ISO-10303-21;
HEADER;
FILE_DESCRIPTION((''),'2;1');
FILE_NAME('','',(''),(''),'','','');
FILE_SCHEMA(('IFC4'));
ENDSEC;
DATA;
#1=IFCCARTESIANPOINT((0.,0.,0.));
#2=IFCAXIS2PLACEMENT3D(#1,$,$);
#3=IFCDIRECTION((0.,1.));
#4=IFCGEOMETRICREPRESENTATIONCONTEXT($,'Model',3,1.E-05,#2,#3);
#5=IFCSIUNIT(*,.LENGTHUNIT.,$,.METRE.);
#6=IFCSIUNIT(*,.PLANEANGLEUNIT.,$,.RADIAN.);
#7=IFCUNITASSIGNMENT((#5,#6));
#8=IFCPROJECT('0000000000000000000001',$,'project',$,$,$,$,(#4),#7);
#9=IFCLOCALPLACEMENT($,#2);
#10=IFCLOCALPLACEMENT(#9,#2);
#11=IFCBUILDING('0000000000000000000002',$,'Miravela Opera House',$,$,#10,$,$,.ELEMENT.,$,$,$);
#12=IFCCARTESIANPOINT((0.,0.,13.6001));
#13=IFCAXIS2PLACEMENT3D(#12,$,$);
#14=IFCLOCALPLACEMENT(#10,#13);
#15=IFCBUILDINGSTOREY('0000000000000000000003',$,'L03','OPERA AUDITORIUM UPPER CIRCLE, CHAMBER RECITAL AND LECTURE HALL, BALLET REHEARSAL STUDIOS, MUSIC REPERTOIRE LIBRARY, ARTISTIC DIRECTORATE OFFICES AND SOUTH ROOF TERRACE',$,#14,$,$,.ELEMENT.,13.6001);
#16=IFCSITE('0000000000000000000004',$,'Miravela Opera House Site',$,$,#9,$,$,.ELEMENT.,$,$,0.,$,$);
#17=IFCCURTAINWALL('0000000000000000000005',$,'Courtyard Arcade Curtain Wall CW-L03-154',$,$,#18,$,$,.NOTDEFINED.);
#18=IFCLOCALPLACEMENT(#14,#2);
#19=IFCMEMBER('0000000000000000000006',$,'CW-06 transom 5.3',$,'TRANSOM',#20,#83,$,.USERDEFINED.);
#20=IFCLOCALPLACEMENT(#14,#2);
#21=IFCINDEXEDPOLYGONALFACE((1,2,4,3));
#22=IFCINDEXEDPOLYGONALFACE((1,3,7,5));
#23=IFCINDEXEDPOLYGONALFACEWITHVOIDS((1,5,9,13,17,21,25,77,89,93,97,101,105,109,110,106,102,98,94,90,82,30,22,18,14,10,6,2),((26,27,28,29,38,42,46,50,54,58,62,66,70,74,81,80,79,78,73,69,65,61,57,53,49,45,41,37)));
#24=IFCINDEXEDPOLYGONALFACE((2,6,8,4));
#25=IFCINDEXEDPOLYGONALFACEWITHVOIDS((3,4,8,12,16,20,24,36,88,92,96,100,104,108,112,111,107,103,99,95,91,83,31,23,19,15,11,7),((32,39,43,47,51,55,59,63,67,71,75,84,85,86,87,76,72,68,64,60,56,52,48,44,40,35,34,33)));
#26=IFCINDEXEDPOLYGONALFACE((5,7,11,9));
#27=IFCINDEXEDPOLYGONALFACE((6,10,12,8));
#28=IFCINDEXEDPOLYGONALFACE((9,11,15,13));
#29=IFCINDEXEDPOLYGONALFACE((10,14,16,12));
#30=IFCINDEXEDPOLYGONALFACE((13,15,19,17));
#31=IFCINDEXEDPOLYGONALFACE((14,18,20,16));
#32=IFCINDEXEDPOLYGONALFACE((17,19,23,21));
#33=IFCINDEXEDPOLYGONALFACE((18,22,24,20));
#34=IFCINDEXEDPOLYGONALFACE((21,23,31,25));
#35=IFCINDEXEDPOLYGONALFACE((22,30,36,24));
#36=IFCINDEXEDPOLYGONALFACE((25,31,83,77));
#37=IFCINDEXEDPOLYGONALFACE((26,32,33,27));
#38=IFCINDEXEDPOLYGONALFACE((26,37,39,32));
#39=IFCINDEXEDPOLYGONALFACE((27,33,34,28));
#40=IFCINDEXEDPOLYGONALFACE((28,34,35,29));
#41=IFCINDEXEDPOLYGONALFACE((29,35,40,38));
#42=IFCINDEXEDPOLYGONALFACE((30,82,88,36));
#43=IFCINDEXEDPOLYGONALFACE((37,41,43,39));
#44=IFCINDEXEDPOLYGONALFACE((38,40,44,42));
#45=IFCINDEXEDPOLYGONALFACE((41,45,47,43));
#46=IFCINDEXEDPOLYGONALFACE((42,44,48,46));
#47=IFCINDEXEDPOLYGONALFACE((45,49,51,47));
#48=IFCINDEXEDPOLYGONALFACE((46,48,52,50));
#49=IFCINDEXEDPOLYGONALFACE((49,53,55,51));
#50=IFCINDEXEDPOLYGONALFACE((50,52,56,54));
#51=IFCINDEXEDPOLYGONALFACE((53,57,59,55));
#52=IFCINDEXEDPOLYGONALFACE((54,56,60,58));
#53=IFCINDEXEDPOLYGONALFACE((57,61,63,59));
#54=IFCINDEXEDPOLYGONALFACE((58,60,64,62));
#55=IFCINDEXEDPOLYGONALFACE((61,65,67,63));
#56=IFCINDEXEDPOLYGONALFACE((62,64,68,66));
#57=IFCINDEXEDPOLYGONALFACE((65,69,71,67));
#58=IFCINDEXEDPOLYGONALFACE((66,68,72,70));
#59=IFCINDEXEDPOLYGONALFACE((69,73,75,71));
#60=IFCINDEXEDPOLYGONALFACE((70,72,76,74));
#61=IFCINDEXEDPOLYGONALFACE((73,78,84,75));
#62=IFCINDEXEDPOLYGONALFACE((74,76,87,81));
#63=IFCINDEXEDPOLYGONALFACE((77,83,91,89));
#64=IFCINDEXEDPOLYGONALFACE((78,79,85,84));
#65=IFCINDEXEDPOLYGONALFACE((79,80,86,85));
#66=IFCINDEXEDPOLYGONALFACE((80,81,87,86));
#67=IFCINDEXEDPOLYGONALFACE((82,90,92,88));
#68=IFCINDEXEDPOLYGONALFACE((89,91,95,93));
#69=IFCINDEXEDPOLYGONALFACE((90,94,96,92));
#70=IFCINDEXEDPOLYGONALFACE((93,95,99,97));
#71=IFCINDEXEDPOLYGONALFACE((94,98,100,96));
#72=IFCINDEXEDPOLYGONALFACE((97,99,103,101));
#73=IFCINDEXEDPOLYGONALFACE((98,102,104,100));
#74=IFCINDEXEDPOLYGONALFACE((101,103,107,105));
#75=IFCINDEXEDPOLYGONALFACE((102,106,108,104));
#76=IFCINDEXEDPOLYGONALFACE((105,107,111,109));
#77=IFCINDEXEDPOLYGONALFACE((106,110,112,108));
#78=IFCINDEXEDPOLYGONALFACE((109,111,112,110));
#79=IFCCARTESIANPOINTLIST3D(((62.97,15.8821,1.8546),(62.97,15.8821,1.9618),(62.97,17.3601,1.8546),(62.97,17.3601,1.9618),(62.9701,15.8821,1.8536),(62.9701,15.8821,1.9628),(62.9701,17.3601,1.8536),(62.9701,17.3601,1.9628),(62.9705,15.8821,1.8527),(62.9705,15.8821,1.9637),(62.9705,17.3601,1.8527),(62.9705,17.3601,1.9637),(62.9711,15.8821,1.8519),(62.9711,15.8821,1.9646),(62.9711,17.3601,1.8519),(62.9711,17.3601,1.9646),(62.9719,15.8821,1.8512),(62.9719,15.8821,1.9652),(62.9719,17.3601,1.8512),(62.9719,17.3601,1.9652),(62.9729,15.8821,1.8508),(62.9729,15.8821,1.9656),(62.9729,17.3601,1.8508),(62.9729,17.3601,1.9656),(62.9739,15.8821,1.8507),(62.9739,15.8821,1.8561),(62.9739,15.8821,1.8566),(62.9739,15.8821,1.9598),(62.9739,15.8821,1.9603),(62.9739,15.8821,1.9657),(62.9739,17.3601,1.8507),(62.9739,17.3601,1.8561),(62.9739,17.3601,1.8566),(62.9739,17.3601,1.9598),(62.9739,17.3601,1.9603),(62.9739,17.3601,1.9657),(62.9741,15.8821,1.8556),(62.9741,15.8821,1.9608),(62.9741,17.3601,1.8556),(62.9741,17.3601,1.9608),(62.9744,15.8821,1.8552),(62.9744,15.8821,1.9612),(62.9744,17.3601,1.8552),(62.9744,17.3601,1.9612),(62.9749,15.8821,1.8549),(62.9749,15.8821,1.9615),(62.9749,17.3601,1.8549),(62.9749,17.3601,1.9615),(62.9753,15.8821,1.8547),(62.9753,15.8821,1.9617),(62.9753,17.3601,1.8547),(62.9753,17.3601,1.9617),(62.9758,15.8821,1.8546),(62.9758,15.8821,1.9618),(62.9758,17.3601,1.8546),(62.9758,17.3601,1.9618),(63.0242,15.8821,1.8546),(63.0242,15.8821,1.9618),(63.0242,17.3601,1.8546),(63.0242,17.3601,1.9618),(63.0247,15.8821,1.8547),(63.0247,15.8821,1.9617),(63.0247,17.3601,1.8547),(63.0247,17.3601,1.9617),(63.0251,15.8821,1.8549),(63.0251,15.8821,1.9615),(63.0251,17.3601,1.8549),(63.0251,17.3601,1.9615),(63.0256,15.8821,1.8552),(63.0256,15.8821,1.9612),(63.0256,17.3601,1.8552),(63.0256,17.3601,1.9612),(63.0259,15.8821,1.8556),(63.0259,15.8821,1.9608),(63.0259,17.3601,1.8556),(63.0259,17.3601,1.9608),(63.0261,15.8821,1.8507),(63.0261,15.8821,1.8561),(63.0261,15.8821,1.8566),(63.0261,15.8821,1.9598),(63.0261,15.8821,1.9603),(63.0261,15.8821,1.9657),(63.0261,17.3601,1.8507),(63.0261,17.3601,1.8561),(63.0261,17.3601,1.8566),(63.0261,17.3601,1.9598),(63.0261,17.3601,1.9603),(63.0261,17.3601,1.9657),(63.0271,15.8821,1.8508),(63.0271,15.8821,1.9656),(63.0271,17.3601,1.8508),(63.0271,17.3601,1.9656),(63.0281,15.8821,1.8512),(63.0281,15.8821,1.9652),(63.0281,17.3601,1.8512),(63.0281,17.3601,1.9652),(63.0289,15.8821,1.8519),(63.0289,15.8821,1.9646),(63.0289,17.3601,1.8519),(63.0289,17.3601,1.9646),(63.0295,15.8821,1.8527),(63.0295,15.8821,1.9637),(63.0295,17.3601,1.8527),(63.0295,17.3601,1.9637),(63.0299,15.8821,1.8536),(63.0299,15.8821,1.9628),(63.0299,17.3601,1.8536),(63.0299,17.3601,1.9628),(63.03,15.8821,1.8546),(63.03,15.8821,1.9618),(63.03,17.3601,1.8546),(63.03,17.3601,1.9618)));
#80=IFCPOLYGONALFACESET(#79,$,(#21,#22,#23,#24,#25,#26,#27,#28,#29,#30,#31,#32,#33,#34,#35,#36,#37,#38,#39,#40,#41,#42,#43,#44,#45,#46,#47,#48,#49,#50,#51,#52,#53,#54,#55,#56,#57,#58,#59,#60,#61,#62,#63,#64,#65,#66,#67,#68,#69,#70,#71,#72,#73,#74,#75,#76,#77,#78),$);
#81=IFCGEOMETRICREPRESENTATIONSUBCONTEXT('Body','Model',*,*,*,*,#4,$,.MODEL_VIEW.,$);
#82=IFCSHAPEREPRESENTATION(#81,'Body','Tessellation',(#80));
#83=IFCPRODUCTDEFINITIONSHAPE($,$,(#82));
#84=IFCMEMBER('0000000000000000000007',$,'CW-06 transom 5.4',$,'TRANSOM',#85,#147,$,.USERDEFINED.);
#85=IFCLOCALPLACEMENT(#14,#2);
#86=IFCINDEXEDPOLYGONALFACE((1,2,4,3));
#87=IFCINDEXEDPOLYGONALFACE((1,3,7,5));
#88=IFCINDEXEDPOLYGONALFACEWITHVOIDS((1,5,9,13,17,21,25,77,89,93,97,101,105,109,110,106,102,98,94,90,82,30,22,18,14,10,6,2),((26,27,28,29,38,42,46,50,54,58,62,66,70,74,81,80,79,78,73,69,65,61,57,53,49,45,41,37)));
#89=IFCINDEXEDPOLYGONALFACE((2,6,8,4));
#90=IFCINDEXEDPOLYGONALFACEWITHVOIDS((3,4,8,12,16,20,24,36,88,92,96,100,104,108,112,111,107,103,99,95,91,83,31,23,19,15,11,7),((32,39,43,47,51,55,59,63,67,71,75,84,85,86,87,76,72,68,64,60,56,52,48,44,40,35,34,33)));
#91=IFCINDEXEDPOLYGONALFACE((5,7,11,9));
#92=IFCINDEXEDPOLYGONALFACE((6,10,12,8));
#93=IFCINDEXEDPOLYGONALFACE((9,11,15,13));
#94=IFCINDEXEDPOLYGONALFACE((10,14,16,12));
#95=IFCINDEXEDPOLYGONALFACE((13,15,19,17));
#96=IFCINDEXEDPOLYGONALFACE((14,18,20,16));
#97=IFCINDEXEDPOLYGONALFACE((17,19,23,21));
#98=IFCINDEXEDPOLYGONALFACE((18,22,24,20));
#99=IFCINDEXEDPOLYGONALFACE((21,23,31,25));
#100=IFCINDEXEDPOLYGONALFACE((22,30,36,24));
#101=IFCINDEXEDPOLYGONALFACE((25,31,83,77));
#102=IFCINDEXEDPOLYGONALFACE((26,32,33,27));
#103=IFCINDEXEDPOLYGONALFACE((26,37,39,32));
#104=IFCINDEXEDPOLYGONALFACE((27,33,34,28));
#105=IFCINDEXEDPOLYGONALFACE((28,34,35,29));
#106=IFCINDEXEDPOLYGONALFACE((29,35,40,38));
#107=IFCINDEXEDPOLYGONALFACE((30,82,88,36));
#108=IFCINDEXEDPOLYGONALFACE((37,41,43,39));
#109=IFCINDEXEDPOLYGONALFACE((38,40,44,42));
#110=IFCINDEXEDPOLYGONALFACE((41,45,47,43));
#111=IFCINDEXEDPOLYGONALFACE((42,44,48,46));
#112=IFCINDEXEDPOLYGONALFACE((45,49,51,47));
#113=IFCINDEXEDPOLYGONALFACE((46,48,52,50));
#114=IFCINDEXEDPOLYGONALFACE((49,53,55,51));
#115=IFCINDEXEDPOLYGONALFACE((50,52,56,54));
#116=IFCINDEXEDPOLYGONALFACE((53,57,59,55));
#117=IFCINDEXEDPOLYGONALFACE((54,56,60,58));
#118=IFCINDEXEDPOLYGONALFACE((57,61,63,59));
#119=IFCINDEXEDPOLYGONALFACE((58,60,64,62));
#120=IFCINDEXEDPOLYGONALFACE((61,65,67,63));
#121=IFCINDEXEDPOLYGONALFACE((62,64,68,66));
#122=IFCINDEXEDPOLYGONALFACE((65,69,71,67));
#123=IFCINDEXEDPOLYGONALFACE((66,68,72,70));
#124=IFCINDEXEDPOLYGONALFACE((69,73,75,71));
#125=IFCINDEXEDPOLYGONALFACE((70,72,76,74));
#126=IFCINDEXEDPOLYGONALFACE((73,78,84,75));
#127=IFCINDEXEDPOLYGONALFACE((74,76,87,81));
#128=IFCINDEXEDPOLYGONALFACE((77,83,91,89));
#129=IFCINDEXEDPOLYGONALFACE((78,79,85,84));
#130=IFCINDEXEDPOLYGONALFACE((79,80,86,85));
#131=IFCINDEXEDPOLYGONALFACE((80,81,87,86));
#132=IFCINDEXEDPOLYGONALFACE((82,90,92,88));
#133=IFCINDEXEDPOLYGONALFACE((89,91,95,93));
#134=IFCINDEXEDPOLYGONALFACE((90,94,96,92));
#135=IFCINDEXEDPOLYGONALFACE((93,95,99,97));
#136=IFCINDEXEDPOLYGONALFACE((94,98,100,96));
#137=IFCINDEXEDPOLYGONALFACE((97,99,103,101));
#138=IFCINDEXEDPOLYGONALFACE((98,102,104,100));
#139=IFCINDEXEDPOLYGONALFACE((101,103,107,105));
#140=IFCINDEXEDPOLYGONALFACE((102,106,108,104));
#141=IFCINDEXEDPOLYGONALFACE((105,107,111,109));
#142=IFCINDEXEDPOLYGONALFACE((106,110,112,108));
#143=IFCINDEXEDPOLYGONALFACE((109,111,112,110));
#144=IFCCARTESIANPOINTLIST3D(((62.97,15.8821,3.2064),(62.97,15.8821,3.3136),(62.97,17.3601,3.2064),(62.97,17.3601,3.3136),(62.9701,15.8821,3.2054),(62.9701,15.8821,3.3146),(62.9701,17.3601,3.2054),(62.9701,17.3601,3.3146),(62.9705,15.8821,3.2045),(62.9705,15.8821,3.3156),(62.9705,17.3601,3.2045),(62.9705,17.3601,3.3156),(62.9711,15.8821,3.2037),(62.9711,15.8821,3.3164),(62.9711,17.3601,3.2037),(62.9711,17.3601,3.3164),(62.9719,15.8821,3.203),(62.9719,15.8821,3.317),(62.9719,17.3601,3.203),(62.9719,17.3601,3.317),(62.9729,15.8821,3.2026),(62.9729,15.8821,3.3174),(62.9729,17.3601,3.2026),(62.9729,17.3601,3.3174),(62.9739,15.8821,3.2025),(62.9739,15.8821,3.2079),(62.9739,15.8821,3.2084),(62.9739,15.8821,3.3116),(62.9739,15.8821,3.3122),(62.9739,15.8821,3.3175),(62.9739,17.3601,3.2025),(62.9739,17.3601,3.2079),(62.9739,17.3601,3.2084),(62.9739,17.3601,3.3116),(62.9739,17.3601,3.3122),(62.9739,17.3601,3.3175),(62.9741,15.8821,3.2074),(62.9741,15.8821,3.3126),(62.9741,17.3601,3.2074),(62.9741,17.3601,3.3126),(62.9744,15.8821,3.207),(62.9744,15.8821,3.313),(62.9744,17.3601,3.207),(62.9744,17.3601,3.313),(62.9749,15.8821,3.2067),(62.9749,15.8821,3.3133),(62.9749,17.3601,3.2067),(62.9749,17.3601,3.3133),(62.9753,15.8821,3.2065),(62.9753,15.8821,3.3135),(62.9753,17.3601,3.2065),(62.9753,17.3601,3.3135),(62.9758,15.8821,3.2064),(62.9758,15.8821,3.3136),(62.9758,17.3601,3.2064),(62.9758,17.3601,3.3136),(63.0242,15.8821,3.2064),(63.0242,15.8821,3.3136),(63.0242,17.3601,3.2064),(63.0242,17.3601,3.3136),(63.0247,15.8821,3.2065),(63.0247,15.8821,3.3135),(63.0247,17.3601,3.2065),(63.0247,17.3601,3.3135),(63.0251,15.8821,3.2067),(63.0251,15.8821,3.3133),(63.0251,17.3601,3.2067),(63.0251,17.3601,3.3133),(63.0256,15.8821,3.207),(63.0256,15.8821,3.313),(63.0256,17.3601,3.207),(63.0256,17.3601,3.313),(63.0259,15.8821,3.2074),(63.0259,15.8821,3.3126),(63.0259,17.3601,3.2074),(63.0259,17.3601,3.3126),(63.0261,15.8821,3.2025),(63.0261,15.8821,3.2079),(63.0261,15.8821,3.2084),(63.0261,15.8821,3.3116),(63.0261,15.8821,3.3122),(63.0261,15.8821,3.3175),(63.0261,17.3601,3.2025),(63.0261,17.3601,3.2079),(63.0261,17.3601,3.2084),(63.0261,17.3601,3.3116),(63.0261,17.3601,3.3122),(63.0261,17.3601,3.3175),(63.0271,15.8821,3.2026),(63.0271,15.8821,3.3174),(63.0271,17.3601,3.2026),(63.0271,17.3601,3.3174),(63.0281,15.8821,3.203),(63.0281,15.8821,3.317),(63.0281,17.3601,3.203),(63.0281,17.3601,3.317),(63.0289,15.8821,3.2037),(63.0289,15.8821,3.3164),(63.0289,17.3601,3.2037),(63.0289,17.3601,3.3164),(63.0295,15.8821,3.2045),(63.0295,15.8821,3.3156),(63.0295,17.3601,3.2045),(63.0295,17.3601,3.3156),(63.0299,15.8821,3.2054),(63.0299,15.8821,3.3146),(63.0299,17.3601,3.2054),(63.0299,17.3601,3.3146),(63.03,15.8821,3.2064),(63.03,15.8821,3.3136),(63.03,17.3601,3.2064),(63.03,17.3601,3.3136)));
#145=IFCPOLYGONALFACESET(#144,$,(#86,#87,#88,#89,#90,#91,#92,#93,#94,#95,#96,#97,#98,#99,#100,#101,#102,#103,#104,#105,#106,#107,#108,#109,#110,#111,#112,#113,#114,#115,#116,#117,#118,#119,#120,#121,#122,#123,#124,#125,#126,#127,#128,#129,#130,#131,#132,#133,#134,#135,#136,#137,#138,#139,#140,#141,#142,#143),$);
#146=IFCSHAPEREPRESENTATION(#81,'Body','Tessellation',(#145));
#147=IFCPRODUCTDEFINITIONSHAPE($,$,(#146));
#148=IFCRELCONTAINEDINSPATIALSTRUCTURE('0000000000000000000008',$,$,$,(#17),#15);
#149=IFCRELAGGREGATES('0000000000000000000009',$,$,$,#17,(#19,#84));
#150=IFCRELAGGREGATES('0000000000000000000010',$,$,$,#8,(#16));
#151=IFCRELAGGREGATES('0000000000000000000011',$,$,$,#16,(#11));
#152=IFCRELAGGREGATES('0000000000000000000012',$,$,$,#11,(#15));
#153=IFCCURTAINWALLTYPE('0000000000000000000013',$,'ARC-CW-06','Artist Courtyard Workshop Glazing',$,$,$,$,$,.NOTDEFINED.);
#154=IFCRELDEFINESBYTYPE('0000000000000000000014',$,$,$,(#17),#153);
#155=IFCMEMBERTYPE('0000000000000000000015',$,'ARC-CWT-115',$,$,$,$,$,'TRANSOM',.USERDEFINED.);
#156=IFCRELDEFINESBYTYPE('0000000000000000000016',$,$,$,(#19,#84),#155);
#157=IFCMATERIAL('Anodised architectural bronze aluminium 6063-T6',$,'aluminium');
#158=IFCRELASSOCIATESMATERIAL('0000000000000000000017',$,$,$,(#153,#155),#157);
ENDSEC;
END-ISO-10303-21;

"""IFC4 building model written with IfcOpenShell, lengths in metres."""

from ifc_helpers import new_model, si_unit, direction, frame, origin, origin_2d, place, context, subcontext, project, spatial, hollow_rectangle, extrude, material, material_profile, profile_set, type_object, element, aggregate, save


model = new_model("IFC4")

# Units and contexts
model_context = context("Model", 3, precision=1e-05, world=origin(), true_north=direction((0.0, 1.0)))
body_context = subcontext(model_context, "Body", "Model", "MODEL_VIEW")
ifc_project = project(units=[si_unit("LENGTHUNIT", "METRE"), si_unit("PLANEANGLEUNIT", "RADIAN")], contexts=[model_context])

# Site, building, storey
site_placement = place(None, origin())
site = spatial("IfcSite", under=ifc_project, at=site_placement, Name="Miravela Opera House Site", CompositionType="ELEMENT", RefElevation=0.0)
building_placement = place(site_placement, origin())
building = spatial("IfcBuilding", under=site, at=building_placement, Name="Miravela Opera House", CompositionType="ELEMENT")
storey_placement = place(building_placement, frame((0.0, 0.0, 13.6001)))
storey = spatial("IfcBuildingStorey", under=building, at=storey_placement, Name="L03", Description="OPERA AUDITORIUM UPPER CIRCLE, CHAMBER RECITAL AND LECTURE HALL, BALLET REHEARSAL STUDIOS, MUSIC REPERTOIRE LIBRARY, ARTISTIC DIRECTORATE OFFICES AND SOUTH ROOF TERRACE", CompositionType="ELEMENT", Elevation=13.6001)

# Curtain wall
ifc_material_1 = material(Name="Anodised architectural bronze aluminium 6063-T6", Category="aluminium")
curtain_wall_type = type_object("IfcCurtainWallType", Name="ARC-CW-06", Description="Artist Courtyard Workshop Glazing", PredefinedType="NOTDEFINED", material=ifc_material_1)
curtain_wall_1_placement = place(storey_placement, origin())
curtain_wall_1 = element("IfcCurtainWall", 1, at=curtain_wall_1_placement, inside=storey, type_object=curtain_wall_type, Name="Courtyard Arcade Curtain Wall CW-L03-154", PredefinedType="NOTDEFINED")

# Members
ifc_material_profile_1 = material_profile(ifc_material_1, hollow_rectangle(XDim=0.0601, YDim=0.115, WallThickness=0.0039, InnerFilletRadius=0.002, OuterFilletRadius=0.0039, at=origin_2d()), Name="CWT-60X115")
ifc_profile_set_1 = profile_set([ifc_material_profile_1])
member_type_1 = type_object("IfcMemberType", Name="ARC-CWT-115", ElementType="TRANSOM", PredefinedType="USERDEFINED", material=ifc_profile_set_1)
member_1_placement = place(storey_placement, frame((63.0, 15.8821, 1.9082), z_axis=(0.0, 1.0, 0.0), x_axis=(-1.0, 0.0, 0.0)))
member_1 = element("IfcMember", 2, at=member_1_placement, type_object=member_type_1, Name="CW-06 transom 5.3", ObjectType="TRANSOM", PredefinedType="USERDEFINED", context=body_context, shape_type="SweptSolid", body=[
    extrude(hollow_rectangle(XDim=0.0601, YDim=0.115, WallThickness=0.0039, InnerFilletRadius=0.002, OuterFilletRadius=0.0039, at=origin_2d()), origin(), (0.0, 0.0, 1.0), 1.478),
])
member_2_placement = place(storey_placement, frame((63.0, 15.8821, 3.26), z_axis=(0.0, 1.0, 0.0), x_axis=(-1.0, 0.0, 0.0)))
member_2 = element("IfcMember", 3, at=member_2_placement, type_object=member_type_1, Name="CW-06 transom 5.4", ObjectType="TRANSOM", PredefinedType="USERDEFINED", context=body_context, shape_type="SweptSolid", body=[
    extrude(hollow_rectangle(XDim=0.0601, YDim=0.115, WallThickness=0.0039, InnerFilletRadius=0.002, OuterFilletRadius=0.0039, at=origin_2d()), origin(), (0.0, 0.0, 1.0), 1.478),
])

aggregate(curtain_wall_1, [member_1, member_2])

save(model, "model.ifc")
